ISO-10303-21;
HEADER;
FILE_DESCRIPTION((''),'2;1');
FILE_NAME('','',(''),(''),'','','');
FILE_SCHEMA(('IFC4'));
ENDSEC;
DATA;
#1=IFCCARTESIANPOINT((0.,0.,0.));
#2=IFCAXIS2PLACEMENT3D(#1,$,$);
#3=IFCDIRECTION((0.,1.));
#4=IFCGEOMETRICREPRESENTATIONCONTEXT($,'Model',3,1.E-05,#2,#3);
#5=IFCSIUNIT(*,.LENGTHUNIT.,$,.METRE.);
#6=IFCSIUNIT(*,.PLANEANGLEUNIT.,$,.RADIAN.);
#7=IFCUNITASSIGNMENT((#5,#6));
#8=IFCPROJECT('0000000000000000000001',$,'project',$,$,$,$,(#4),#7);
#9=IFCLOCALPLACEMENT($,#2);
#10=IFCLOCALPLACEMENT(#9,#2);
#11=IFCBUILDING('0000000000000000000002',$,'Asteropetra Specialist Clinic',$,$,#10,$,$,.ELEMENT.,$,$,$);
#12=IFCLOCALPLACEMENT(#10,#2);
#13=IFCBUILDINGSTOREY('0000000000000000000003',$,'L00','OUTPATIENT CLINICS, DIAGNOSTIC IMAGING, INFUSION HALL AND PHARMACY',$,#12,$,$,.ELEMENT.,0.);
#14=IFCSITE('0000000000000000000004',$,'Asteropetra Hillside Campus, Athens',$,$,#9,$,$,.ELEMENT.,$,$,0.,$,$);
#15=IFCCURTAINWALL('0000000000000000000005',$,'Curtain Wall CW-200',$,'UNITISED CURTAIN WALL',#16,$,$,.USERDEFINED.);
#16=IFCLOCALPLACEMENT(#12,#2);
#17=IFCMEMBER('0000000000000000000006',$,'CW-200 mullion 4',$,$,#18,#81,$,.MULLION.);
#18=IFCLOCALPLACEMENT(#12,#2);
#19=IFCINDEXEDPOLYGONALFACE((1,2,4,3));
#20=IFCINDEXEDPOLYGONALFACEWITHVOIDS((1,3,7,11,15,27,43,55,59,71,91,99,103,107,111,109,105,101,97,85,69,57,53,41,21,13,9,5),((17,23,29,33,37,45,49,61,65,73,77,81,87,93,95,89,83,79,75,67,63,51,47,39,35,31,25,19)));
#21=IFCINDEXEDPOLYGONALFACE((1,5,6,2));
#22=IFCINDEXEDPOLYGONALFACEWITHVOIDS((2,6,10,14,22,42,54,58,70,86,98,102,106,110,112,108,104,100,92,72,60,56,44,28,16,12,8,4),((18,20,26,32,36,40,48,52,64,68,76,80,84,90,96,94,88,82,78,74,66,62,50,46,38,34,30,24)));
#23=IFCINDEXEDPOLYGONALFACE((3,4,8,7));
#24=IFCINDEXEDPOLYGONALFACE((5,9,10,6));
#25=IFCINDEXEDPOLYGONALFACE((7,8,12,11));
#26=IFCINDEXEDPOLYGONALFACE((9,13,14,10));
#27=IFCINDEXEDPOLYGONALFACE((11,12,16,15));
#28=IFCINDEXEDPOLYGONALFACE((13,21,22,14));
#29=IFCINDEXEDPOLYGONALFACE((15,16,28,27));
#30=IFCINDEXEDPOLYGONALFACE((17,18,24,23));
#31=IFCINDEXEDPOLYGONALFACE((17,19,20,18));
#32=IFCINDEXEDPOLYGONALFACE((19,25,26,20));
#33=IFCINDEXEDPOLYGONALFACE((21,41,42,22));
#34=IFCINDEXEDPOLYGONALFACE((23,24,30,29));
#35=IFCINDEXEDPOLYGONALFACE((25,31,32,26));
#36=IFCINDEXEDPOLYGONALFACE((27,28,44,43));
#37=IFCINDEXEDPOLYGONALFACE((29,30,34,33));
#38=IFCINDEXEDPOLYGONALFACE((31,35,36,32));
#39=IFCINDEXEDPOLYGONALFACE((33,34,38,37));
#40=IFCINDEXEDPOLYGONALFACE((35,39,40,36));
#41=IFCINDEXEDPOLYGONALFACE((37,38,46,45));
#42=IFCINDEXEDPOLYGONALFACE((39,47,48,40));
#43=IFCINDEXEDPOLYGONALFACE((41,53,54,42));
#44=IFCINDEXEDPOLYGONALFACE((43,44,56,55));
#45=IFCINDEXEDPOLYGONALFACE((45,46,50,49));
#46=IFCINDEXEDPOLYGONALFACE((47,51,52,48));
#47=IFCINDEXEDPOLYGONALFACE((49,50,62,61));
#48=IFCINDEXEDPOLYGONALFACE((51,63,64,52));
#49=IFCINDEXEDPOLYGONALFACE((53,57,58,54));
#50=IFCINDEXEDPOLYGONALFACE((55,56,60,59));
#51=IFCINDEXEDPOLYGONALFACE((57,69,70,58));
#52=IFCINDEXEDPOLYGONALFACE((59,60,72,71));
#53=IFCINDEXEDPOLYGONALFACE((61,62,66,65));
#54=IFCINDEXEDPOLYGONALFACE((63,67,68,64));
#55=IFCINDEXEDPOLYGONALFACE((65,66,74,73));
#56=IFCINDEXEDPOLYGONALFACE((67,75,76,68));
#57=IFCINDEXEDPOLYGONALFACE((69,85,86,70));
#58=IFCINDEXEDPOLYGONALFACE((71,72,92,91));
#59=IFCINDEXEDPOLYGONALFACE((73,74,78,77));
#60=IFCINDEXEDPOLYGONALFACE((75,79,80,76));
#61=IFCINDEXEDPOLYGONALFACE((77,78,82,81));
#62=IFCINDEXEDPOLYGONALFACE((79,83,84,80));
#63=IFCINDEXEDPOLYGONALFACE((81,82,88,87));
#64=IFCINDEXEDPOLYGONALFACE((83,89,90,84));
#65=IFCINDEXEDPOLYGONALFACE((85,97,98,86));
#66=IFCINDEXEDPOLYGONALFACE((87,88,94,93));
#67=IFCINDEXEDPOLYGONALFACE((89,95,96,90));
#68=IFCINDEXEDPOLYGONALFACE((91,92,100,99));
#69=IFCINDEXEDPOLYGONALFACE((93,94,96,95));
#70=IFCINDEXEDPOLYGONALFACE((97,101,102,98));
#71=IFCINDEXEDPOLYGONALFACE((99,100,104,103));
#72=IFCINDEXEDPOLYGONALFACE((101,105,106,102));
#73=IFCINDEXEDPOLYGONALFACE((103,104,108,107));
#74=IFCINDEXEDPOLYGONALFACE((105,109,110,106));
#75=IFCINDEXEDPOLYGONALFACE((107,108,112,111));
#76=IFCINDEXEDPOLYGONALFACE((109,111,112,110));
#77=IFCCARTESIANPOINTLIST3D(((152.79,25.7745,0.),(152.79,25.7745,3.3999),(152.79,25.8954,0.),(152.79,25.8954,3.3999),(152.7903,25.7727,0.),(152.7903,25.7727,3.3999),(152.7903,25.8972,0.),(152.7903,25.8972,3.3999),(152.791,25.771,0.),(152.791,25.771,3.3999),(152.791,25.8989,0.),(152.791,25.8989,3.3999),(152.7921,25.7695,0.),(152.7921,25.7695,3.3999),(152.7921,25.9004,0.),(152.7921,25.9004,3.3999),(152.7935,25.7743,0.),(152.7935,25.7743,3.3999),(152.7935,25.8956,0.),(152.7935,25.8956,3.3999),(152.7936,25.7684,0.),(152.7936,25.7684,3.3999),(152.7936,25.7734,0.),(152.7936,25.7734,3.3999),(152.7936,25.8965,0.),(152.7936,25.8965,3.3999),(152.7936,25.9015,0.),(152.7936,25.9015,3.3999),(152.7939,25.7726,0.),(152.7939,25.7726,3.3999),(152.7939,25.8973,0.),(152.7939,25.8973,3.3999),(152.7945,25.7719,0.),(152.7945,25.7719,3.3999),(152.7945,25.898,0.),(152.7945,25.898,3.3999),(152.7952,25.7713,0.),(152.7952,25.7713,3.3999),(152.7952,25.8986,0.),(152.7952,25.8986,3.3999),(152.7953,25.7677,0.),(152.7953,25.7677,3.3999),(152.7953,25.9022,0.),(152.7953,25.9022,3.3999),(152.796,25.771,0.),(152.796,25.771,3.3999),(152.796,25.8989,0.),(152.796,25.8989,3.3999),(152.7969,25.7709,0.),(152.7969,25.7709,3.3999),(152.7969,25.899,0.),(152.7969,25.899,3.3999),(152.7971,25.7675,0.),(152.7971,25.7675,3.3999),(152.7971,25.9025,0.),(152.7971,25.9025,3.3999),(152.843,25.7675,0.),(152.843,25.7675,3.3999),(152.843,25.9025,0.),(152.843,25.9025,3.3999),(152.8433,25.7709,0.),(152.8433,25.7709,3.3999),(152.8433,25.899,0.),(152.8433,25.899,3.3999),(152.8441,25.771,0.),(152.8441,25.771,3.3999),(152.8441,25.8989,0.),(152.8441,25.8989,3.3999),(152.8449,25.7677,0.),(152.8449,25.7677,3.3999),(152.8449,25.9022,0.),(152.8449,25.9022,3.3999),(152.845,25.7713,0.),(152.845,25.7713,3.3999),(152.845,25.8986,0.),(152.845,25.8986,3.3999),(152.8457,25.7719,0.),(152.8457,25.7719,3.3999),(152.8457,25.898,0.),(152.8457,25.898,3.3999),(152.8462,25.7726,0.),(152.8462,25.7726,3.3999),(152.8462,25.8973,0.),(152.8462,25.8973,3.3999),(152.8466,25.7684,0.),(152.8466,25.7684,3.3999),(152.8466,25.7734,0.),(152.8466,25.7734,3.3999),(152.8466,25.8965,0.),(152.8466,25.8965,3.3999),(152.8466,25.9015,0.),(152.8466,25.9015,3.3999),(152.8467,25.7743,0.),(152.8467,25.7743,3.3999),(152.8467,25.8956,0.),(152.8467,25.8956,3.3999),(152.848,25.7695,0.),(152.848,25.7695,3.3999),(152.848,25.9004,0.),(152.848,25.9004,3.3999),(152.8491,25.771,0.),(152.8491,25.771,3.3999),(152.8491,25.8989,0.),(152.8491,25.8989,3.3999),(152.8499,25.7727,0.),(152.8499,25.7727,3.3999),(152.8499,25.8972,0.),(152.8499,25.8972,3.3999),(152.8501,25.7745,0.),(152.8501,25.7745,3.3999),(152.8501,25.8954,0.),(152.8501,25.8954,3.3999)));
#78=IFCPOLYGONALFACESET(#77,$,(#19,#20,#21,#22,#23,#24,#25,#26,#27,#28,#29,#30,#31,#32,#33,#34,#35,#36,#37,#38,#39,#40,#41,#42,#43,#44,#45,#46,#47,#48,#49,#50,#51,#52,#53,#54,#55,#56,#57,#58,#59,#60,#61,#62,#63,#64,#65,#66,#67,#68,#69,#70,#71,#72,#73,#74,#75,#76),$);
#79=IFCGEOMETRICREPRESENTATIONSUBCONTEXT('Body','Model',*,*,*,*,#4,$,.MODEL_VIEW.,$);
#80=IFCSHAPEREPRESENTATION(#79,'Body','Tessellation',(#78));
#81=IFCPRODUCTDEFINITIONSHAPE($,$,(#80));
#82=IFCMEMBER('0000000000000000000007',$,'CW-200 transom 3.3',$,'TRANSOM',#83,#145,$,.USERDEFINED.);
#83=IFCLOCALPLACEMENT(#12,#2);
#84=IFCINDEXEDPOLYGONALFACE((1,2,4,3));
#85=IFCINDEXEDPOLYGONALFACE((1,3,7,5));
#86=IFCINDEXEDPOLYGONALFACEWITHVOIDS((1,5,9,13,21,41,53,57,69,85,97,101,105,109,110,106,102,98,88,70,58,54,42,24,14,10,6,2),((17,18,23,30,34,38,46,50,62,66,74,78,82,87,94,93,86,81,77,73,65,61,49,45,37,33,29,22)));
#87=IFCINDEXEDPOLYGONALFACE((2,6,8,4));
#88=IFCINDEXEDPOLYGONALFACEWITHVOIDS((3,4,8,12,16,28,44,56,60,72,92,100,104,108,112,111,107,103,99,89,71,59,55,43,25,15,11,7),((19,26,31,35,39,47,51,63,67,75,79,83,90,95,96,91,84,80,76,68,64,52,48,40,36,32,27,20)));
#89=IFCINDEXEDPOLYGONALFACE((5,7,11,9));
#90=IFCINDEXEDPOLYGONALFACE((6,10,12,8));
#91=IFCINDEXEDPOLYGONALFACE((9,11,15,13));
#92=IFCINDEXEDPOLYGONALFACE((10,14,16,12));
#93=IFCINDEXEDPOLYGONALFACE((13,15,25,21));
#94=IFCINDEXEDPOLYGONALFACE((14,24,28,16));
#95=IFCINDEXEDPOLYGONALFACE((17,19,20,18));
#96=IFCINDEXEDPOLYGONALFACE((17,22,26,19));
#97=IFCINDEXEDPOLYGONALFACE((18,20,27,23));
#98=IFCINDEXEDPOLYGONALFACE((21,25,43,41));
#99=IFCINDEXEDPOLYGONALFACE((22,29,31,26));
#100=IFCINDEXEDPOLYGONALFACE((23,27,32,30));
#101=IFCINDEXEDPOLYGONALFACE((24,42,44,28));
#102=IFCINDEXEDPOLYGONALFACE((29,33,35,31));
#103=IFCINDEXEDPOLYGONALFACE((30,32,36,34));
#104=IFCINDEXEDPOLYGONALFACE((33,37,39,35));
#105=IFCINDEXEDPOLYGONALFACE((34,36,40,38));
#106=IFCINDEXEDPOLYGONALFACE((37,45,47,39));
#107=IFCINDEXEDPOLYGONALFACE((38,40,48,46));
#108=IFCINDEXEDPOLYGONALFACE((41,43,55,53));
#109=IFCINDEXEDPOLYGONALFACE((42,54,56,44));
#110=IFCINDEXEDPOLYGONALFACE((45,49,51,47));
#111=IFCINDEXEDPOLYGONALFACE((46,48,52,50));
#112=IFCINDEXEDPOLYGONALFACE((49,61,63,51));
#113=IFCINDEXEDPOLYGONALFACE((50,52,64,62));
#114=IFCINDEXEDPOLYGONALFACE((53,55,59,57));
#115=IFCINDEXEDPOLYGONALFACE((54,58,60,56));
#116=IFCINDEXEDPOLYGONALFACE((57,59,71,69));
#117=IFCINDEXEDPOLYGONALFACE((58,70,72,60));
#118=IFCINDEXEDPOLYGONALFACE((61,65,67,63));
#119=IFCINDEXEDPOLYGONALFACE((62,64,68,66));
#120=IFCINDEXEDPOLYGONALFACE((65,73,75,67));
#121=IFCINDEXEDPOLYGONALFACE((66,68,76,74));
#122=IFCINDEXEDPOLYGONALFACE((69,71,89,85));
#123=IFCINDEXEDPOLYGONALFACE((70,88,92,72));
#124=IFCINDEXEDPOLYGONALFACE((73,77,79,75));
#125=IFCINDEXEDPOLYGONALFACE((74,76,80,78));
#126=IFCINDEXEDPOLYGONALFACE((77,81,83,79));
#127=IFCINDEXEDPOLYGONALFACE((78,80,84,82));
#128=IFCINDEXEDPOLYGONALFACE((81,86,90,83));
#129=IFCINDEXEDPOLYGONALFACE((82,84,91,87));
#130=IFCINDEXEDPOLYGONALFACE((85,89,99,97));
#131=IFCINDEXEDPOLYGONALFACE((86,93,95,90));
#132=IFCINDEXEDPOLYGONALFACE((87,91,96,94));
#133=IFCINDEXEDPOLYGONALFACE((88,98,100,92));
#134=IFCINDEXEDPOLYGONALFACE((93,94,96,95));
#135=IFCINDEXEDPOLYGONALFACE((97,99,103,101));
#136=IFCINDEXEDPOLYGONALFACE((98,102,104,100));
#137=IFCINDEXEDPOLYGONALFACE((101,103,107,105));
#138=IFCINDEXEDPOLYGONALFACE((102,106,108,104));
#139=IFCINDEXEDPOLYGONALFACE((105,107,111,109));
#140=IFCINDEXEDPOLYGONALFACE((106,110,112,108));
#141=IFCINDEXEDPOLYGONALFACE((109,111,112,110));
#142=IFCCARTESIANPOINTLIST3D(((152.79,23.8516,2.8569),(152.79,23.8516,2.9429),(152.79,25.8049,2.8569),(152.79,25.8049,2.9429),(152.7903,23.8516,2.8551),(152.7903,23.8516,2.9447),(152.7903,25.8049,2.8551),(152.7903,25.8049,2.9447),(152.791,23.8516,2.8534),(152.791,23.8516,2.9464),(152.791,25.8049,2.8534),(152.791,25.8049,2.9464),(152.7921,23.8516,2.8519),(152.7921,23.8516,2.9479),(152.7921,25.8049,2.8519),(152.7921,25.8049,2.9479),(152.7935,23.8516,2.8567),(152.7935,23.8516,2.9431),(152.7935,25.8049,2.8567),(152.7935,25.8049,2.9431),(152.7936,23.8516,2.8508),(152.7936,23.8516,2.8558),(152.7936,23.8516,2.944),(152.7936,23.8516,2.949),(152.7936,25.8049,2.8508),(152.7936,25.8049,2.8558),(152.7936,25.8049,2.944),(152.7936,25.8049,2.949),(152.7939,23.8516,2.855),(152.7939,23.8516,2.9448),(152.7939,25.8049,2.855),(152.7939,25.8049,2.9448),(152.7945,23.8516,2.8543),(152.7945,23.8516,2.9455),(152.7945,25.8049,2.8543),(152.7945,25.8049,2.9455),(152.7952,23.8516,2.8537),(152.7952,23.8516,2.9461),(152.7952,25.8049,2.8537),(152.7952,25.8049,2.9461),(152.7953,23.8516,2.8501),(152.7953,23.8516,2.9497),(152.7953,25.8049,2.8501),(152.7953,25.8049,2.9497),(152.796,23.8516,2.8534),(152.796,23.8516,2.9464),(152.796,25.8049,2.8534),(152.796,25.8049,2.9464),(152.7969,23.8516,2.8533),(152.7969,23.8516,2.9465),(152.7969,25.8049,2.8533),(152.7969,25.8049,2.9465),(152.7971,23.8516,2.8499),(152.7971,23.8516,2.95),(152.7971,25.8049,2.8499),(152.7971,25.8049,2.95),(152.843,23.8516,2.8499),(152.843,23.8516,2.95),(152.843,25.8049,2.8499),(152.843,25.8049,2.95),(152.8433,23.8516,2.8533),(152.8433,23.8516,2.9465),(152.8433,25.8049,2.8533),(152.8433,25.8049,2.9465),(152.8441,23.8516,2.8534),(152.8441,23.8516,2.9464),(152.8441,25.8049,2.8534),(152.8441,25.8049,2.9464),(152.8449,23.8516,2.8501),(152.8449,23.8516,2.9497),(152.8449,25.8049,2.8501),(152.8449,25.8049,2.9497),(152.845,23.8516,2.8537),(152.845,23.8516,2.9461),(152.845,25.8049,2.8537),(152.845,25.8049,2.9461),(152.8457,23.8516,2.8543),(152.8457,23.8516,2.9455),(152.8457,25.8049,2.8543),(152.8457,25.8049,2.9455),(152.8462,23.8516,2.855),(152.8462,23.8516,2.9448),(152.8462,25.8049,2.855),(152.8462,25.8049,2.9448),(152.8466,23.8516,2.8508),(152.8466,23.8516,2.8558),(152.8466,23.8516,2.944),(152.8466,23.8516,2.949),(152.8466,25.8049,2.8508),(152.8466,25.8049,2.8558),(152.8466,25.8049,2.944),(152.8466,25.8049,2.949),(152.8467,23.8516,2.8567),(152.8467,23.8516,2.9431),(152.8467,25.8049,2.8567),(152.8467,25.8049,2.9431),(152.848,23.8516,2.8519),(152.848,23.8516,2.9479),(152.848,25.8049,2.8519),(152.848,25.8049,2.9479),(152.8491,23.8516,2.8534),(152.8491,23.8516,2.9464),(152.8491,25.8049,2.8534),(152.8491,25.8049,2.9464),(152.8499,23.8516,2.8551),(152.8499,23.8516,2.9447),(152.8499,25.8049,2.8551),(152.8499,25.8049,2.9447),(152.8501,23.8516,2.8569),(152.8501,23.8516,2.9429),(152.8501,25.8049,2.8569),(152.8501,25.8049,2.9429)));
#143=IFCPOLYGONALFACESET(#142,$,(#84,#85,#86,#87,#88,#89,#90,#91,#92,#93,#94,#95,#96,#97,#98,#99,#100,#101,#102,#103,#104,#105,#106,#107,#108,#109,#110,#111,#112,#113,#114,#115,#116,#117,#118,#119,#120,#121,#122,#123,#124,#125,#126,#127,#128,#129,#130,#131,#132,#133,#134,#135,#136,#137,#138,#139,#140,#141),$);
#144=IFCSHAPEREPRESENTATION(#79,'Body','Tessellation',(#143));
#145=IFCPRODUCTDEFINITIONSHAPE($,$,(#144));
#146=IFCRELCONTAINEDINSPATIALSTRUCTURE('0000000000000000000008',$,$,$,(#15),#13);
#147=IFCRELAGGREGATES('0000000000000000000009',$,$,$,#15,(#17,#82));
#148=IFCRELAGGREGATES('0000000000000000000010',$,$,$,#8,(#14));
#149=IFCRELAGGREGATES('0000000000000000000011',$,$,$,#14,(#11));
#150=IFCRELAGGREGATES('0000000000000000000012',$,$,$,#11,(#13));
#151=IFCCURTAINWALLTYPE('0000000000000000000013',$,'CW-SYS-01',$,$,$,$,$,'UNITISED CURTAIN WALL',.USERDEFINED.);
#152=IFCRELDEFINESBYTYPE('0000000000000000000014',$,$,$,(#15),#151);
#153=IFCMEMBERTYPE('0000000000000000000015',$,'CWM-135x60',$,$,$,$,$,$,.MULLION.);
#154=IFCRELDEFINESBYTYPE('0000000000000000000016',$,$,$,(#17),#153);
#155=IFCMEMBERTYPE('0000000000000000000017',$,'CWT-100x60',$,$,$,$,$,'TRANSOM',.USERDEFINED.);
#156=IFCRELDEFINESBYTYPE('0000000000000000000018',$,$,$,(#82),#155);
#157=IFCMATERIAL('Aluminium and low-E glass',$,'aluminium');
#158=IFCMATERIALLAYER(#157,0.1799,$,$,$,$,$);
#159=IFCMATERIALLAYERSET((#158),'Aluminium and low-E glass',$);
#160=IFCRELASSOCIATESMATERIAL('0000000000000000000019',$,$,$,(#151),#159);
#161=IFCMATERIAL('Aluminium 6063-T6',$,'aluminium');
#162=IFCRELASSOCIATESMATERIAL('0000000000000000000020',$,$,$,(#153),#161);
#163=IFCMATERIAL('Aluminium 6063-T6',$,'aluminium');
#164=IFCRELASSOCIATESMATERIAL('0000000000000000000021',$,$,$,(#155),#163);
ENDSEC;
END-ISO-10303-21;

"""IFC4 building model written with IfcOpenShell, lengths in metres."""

from ifc_helpers import new_model, si_unit, direction, frame, origin, origin_2d, place, context, subcontext, project, spatial, hollow_rectangle, extrude, material, layer, layer_set, material_profile, profile_set, type_object, element, aggregate, save


model = new_model("IFC4")

# Units and contexts
model_context = context("Model", 3, precision=1e-05, world=origin(), true_north=direction((0.0, 1.0)))
body_context = subcontext(model_context, "Body", "Model", "MODEL_VIEW")
ifc_project = project(units=[si_unit("LENGTHUNIT", "METRE"), si_unit("PLANEANGLEUNIT", "RADIAN")], contexts=[model_context])

# Site, building, storey
site_placement = place(None, origin())
site = spatial("IfcSite", under=ifc_project, at=site_placement, Name="Asteropetra Hillside Campus, Athens", CompositionType="ELEMENT", RefElevation=0.0)
building_placement = place(site_placement, origin())
building = spatial("IfcBuilding", under=site, at=building_placement, Name="Asteropetra Specialist Clinic", CompositionType="ELEMENT")
storey_placement = place(building_placement, origin())
storey = spatial("IfcBuildingStorey", under=building, at=storey_placement, Name="L00", Description="OUTPATIENT CLINICS, DIAGNOSTIC IMAGING, INFUSION HALL AND PHARMACY", CompositionType="ELEMENT", Elevation=0.0)

# Curtain wall, members
ifc_material_1 = material(Name="Aluminium and low-E glass", Category="aluminium")
ifc_layer_1 = layer(ifc_material_1, 0.1799)
ifc_layer_set_1 = layer_set([ifc_layer_1], Name="Aluminium and low-E glass")
curtain_wall_type = type_object("IfcCurtainWallType", Name="CW-SYS-01", ElementType="UNITISED CURTAIN WALL", PredefinedType="USERDEFINED", material=ifc_layer_set_1)
curtain_wall_placement = place(storey_placement, origin())
curtain_wall = element("IfcCurtainWall", 1, at=curtain_wall_placement, inside=storey, type_object=curtain_wall_type, Name="Curtain Wall CW-200", ObjectType="UNITISED CURTAIN WALL", PredefinedType="USERDEFINED")
ifc_material_2 = material(Name="Aluminium 6063-T6", Category="aluminium")
ifc_material_profile_1 = material_profile(ifc_material_2, hollow_rectangle(XDim=0.0601, YDim=0.135, WallThickness=0.0034, InnerFilletRadius=0.0034, OuterFilletRadius=0.0071, at=origin_2d()), Name="MUL 135x60x3.5")
ifc_profile_set_1 = profile_set([ifc_material_profile_1], Name="Aluminium 6063-T6")
member_type_1 = type_object("IfcMemberType", Name="CWM-135x60", PredefinedType="MULLION", material=ifc_profile_set_1)
member_1_placement = place(storey_placement, frame((152.8201, 25.835, 0.0), z_axis=(0.0, 0.0, 1.0), x_axis=(-1.0, 0.0, 0.0)))
member_1 = element("IfcMember", 2, at=member_1_placement, type_object=member_type_1, Name="CW-200 mullion 4", PredefinedType="MULLION", context=body_context, shape_type="SweptSolid", body=[
    extrude(hollow_rectangle(XDim=0.0601, YDim=0.135, WallThickness=0.0034, InnerFilletRadius=0.0034, OuterFilletRadius=0.0071, at=origin_2d()), origin(), (0.0, 0.0, 1.0), 3.3999),
])
ifc_material_3 = material(Name="Aluminium 6063-T6", Category="aluminium")
ifc_material_profile_2 = material_profile(ifc_material_3, hollow_rectangle(XDim=0.0601, YDim=0.1001, WallThickness=0.0034, InnerFilletRadius=0.0034, OuterFilletRadius=0.0071, at=origin_2d()), Name="TRN 100x60x3.5")
ifc_profile_set_2 = profile_set([ifc_material_profile_2], Name="Aluminium 6063-T6")
member_type_2 = type_object("IfcMemberType", Name="CWT-100x60", ElementType="TRANSOM", PredefinedType="USERDEFINED", material=ifc_profile_set_2)
member_2_placement = place(storey_placement, frame((152.8201, 23.8516, 2.8999), z_axis=(0.0, 1.0, 0.0), x_axis=(-1.0, 0.0, 0.0)))
member_2 = element("IfcMember", 3, at=member_2_placement, type_object=member_type_2, Name="CW-200 transom 3.3", ObjectType="TRANSOM", PredefinedType="USERDEFINED", context=body_context, shape_type="SweptSolid", body=[
    extrude(hollow_rectangle(XDim=0.0601, YDim=0.1001, WallThickness=0.0034, InnerFilletRadius=0.0034, OuterFilletRadius=0.0071, at=origin_2d()), origin(), (0.0, 0.0, 1.0), 1.9534),
])
aggregate(curtain_wall, [member_1, member_2])

save(model, "model.ifc")
